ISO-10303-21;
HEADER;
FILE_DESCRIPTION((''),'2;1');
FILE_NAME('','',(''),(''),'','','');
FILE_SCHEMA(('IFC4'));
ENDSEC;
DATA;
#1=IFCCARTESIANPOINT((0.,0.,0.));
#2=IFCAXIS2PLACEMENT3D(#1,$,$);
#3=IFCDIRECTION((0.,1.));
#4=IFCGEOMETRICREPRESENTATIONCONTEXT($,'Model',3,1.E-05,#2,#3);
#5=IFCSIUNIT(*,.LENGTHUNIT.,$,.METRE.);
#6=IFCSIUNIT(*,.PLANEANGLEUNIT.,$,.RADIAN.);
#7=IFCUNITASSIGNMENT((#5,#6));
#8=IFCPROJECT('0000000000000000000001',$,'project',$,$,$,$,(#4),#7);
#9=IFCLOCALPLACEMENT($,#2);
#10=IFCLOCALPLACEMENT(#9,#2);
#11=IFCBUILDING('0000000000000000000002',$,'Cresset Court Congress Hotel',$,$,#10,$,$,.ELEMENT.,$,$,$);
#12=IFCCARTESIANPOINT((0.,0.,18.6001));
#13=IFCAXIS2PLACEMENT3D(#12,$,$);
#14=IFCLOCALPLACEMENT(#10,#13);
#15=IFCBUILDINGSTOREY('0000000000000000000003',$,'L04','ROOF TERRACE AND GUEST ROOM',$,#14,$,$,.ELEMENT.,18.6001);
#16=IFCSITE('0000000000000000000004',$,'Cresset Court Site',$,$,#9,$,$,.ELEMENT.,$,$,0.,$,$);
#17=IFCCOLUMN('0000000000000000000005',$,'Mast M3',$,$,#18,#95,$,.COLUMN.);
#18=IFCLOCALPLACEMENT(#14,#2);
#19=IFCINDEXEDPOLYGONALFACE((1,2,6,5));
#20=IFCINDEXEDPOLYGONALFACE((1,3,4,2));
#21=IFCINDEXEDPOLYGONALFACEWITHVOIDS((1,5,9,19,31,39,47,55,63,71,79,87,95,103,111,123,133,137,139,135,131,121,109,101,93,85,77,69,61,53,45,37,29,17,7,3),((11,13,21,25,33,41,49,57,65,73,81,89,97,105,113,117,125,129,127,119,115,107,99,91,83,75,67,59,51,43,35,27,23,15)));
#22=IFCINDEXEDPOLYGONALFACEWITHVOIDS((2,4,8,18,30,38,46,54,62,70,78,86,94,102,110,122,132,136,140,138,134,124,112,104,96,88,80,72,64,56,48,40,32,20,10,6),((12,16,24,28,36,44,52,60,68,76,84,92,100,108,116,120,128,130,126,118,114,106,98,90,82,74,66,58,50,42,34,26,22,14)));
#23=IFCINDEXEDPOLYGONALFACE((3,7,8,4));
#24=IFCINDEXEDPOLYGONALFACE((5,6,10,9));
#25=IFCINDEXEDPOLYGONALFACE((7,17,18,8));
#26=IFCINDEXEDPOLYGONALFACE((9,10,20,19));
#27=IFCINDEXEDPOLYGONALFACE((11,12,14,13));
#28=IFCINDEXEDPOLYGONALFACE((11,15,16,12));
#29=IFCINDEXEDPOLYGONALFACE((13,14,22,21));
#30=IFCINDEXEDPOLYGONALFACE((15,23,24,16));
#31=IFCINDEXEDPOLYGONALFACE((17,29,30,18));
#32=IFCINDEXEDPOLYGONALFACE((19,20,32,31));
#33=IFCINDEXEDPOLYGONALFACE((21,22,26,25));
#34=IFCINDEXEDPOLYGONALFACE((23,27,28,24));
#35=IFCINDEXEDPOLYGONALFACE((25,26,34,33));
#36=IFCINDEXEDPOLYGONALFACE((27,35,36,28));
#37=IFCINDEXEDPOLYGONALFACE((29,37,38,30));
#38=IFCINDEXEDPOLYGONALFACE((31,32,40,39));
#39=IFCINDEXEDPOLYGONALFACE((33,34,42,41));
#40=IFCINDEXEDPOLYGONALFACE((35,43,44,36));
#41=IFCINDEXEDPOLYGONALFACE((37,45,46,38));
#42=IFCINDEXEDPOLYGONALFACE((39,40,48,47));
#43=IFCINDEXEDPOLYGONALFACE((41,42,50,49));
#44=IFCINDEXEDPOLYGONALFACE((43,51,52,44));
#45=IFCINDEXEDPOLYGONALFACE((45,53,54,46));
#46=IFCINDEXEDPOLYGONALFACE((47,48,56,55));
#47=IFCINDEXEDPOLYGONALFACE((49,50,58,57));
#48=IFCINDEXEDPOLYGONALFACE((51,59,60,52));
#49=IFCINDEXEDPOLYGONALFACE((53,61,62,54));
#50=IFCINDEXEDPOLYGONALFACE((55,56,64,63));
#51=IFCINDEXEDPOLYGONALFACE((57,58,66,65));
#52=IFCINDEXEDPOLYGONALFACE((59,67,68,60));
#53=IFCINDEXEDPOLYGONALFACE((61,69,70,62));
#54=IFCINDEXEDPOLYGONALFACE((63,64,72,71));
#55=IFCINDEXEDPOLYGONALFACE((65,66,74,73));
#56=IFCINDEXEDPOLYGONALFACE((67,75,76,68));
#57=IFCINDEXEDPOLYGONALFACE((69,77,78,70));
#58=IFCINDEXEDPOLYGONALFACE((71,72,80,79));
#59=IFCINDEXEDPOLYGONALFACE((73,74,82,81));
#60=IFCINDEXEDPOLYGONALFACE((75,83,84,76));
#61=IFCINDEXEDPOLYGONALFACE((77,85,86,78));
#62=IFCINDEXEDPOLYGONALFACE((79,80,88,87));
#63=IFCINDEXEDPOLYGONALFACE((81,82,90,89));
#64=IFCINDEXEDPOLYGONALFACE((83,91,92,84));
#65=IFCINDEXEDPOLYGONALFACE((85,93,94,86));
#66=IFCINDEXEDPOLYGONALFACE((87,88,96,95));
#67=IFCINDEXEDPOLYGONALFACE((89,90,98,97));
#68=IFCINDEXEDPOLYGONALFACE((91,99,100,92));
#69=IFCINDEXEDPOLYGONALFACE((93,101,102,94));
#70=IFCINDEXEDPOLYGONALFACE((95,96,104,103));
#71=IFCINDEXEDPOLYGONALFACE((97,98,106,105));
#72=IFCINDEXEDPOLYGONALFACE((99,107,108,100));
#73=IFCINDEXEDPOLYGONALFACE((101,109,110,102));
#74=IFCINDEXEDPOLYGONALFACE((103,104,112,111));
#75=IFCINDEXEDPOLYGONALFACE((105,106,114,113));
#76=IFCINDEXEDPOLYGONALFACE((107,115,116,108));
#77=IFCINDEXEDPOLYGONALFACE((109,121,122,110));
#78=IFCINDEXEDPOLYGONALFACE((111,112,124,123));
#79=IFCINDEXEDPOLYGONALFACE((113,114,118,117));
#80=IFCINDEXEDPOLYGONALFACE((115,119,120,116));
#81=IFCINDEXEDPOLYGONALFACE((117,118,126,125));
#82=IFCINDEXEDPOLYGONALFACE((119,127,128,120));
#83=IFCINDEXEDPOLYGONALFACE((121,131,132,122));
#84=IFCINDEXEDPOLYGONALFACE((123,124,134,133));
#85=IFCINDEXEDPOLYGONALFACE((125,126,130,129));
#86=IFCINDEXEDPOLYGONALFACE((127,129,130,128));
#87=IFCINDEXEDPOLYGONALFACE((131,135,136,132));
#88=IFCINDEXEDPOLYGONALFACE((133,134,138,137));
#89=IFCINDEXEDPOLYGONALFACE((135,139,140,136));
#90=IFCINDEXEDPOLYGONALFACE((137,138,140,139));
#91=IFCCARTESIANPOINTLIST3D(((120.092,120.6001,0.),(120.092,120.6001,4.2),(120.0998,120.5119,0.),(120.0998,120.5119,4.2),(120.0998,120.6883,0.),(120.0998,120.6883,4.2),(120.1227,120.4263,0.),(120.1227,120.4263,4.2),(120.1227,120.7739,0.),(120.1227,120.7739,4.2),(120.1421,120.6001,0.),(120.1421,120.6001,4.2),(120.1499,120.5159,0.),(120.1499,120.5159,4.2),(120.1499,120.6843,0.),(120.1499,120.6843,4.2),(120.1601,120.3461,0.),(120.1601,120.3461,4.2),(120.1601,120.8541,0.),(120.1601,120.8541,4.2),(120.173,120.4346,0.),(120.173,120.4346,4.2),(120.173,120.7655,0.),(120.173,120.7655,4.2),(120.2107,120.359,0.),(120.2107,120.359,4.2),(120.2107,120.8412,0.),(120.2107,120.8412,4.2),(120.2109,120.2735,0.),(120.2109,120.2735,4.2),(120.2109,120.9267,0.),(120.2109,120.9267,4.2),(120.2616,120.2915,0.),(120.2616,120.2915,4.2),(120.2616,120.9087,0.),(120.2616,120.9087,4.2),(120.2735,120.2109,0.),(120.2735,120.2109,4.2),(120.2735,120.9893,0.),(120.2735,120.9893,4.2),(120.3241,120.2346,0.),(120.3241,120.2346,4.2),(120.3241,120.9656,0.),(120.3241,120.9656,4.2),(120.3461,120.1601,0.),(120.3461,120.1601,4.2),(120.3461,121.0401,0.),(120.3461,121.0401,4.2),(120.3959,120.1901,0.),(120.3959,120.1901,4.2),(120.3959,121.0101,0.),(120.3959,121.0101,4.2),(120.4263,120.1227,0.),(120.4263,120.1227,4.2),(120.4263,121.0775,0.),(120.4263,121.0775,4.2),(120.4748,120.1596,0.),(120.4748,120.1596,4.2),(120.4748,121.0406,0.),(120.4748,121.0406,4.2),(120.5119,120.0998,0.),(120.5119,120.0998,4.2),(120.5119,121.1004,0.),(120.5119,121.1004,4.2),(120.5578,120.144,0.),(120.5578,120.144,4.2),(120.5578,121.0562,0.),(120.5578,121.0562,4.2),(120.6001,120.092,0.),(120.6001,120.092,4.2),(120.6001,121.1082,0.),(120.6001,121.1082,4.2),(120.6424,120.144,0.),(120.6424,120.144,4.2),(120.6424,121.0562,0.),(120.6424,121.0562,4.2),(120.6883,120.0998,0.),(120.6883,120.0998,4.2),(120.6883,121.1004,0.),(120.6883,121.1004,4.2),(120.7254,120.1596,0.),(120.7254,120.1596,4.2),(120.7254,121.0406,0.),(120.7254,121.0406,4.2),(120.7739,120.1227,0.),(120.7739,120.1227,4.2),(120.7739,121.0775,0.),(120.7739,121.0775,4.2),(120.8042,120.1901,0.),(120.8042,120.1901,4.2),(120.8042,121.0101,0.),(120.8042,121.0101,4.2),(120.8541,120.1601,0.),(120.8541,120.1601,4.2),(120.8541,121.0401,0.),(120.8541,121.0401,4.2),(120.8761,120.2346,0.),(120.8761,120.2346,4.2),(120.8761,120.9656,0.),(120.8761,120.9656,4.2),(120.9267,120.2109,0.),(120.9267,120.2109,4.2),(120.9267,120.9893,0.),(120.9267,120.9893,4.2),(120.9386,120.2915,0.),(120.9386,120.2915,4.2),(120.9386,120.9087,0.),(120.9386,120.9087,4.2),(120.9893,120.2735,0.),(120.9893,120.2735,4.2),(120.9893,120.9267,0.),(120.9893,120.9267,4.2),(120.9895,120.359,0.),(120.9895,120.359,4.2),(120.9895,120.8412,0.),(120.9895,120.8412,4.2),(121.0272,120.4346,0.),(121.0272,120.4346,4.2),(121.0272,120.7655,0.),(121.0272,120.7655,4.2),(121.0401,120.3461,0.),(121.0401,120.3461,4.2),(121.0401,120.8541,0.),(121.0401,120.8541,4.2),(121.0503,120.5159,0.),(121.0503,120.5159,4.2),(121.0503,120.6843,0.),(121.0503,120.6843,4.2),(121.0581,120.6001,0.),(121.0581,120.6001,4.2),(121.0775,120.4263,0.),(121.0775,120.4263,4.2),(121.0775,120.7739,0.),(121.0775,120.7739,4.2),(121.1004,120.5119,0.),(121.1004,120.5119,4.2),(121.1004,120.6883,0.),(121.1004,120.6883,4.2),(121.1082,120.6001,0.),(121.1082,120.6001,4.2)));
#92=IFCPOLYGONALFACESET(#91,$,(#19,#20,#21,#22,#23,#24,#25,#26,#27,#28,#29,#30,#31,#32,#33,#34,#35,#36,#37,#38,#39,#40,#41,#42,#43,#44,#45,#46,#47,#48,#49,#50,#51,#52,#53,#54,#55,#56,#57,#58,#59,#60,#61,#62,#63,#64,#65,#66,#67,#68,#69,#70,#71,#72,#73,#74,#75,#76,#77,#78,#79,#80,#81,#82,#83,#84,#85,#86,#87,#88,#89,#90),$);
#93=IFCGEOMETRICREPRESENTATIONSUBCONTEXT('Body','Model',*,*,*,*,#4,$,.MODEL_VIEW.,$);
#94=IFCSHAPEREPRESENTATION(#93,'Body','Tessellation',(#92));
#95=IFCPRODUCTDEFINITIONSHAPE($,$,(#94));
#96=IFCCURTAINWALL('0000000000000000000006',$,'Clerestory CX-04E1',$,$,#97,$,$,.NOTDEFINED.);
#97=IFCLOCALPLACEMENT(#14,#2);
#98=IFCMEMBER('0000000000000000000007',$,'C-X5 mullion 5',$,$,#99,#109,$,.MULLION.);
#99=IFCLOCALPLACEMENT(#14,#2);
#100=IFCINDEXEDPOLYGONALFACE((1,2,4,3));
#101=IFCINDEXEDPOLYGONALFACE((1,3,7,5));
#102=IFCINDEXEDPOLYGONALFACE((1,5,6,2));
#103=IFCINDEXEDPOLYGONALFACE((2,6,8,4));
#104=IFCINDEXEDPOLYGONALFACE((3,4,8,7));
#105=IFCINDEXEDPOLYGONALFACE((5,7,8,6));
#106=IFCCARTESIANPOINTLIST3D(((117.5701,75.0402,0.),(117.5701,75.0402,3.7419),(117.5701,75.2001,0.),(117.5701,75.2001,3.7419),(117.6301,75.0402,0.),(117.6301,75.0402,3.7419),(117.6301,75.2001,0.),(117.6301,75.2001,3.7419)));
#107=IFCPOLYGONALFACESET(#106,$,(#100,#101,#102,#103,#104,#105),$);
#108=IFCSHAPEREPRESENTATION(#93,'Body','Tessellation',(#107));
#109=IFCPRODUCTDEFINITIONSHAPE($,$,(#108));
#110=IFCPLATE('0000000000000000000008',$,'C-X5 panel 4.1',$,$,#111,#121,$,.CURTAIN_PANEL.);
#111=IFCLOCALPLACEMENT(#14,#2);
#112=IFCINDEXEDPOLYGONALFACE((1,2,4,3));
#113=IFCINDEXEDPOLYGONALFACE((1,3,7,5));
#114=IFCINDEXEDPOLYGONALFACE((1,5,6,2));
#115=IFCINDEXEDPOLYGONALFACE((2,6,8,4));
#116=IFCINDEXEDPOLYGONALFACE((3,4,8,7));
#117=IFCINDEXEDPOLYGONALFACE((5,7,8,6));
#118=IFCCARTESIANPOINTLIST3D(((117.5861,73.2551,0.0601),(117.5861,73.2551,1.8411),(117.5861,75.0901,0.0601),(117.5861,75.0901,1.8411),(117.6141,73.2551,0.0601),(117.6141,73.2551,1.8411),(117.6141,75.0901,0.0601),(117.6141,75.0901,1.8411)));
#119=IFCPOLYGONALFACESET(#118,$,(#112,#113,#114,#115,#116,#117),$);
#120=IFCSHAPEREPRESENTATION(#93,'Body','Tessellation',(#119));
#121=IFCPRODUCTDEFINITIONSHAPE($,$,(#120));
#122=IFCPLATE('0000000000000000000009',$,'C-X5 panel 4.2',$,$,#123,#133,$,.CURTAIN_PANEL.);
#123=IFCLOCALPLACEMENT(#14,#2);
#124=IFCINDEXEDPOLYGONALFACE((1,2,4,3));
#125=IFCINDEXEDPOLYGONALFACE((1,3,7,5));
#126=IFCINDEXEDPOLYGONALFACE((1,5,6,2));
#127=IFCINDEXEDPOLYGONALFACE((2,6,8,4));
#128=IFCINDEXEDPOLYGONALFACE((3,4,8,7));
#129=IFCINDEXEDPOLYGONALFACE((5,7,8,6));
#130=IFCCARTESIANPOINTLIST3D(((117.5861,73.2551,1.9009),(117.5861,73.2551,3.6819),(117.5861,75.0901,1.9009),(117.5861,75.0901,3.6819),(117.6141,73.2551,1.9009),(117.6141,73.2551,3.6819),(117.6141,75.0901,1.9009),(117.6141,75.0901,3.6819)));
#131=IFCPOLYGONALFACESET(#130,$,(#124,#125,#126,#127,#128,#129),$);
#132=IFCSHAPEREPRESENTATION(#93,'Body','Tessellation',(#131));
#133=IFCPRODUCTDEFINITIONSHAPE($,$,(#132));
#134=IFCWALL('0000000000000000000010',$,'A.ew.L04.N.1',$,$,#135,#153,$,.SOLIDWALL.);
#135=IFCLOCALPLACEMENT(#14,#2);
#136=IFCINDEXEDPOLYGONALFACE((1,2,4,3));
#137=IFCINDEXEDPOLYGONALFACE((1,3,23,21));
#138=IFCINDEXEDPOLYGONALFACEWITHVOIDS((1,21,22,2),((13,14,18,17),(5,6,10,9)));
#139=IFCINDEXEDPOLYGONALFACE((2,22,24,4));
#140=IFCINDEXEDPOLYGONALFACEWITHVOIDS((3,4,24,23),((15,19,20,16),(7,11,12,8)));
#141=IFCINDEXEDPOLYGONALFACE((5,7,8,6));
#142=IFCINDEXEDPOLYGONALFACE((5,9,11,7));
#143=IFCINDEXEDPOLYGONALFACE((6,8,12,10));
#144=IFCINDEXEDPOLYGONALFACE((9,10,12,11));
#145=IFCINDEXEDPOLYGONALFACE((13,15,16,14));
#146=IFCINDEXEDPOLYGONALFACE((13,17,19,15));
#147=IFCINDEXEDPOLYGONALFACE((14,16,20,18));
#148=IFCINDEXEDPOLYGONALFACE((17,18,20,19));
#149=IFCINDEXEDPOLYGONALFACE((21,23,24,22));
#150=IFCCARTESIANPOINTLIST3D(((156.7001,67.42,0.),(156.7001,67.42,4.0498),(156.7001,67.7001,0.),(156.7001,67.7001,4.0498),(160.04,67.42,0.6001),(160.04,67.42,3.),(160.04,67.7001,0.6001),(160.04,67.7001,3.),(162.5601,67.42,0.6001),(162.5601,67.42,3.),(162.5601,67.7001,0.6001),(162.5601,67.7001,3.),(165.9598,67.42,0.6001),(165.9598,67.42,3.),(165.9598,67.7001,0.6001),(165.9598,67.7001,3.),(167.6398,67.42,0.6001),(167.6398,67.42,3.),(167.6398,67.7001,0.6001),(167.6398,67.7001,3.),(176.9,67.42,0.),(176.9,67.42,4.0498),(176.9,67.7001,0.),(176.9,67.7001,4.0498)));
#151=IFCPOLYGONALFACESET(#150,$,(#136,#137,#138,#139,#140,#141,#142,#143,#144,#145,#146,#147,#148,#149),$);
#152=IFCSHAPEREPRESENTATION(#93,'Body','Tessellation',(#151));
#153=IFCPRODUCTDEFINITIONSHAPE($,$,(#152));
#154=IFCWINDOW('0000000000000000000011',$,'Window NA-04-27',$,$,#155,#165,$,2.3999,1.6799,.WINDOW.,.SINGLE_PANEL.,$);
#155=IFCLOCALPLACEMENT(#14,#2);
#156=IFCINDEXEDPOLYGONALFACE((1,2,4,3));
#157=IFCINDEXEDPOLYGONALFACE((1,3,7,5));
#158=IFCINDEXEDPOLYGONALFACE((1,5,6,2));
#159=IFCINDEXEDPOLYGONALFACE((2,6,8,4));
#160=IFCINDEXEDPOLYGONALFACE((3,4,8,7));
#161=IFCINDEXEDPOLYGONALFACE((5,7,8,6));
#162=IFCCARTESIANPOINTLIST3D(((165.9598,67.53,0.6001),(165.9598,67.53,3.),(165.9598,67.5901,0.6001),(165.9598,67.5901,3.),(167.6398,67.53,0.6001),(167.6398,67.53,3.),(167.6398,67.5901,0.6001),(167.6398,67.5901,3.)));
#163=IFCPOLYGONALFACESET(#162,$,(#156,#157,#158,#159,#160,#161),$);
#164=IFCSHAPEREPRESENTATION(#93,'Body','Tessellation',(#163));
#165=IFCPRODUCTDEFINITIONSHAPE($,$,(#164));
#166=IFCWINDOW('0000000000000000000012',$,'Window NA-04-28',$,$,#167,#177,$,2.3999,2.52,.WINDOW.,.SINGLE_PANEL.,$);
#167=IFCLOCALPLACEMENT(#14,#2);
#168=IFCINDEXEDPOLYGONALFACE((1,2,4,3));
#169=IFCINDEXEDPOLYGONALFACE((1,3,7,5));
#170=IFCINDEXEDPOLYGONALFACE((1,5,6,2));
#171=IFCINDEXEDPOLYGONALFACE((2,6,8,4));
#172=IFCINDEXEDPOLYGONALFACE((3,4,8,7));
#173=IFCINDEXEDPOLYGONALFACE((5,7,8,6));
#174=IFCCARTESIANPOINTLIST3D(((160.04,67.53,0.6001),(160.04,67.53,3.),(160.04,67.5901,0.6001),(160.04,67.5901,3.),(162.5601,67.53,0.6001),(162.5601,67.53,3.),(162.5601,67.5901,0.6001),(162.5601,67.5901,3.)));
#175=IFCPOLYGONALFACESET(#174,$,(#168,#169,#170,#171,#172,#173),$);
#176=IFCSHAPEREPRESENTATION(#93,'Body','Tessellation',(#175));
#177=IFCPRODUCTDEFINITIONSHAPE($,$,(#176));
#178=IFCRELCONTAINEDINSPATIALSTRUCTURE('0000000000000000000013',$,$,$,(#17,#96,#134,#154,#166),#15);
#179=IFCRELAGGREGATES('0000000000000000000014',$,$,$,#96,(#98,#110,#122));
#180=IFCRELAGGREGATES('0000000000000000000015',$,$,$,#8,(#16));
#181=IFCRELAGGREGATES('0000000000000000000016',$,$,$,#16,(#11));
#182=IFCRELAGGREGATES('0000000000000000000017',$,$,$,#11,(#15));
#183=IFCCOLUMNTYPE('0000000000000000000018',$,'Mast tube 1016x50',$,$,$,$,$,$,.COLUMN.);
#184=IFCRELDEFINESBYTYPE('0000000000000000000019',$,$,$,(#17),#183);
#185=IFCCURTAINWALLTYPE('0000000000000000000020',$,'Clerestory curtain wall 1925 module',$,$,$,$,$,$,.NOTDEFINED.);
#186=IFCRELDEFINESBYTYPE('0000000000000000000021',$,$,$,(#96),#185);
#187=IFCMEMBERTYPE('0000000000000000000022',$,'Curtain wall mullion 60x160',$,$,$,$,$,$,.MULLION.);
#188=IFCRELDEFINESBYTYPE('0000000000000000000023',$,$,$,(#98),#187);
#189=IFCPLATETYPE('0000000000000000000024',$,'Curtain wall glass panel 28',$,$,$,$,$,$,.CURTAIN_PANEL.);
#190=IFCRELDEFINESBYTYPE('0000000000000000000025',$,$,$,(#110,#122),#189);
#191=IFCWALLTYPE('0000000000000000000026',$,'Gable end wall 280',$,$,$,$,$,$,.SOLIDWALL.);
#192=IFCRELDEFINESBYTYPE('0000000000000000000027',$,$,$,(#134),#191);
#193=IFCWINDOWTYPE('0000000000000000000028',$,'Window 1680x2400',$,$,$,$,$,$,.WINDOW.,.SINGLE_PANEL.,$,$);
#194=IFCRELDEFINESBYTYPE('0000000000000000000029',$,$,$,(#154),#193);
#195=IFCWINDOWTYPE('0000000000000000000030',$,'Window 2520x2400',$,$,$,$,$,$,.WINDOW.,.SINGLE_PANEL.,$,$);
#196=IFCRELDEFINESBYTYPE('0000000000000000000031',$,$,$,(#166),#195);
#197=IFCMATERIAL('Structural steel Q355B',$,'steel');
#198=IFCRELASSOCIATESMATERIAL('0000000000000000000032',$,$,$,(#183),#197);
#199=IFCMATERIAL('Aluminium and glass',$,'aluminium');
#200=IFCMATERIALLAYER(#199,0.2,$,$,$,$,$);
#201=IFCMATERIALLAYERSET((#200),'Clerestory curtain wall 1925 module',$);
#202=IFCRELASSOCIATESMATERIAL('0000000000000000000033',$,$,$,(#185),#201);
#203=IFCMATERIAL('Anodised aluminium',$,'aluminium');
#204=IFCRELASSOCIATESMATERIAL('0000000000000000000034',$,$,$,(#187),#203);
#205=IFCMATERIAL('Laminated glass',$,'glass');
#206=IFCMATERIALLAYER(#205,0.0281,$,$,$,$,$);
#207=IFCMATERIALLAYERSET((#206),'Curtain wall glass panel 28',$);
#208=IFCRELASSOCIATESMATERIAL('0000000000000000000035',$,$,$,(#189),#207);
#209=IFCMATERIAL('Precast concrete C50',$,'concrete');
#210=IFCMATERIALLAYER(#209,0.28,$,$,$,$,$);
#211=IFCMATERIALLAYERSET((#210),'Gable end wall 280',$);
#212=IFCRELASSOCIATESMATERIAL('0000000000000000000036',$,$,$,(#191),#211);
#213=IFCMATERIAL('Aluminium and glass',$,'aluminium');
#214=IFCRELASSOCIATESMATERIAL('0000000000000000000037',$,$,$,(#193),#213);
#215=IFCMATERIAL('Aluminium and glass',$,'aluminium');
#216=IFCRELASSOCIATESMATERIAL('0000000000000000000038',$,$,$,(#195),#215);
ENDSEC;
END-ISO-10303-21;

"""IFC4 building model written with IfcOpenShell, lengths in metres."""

from ifc_helpers import new_model, si_unit, direction, frame, frame_2d, origin, origin_2d, place, context, subcontext, project, spatial, rectangle, hollow_circle, extrude, material, layer, layer_set, material_profile, profile_set, type_object, element, fill, aggregate, save


model = new_model("IFC4")

# Units and contexts
model_context = context("Model", 3, precision=1e-05, world=origin(), true_north=direction((0.0, 1.0)))
body_context = subcontext(model_context, "Body", "Model", "MODEL_VIEW")
ifc_project = project(units=[si_unit("LENGTHUNIT", "METRE"), si_unit("PLANEANGLEUNIT", "RADIAN")], contexts=[model_context])

# Site, building, storey
site_placement = place(None, origin())
site = spatial("IfcSite", under=ifc_project, at=site_placement, Name="Cresset Court Site", CompositionType="ELEMENT", RefElevation=0.0)
building_placement = place(site_placement, origin())
building = spatial("IfcBuilding", under=site, at=building_placement, Name="Cresset Court Congress Hotel", CompositionType="ELEMENT")
storey_placement = place(building_placement, frame((0.0, 0.0, 18.6001)))
storey = spatial("IfcBuildingStorey", under=building, at=storey_placement, Name="L04", Description="ROOF TERRACE AND GUEST ROOM", CompositionType="ELEMENT", Elevation=18.6001)

# Column
ifc_material_1 = material(Name="Structural steel Q355B", Category="steel")
ifc_material_profile_1 = material_profile(ifc_material_1, hollow_circle(Radius=0.5081, WallThickness=0.05, at=origin_2d()), Name="CHS1016x50")
ifc_profile_set_1 = profile_set([ifc_material_profile_1], Name="Structural steel Q355B")
column_type = type_object("IfcColumnType", Name="Mast tube 1016x50", PredefinedType="COLUMN", material=ifc_profile_set_1)
column_placement = place(storey_placement, frame((120.6001, 120.6001, 0.0), z_axis=(0.0, 0.0, 1.0), x_axis=(1.0, 0.0, 0.0)))
element("IfcColumn", 1, at=column_placement, inside=storey, type_object=column_type, Name="Mast M3", PredefinedType="COLUMN", context=body_context, shape_type="SweptSolid", body=[
    extrude(hollow_circle(Radius=0.5081, WallThickness=0.05, at=origin_2d()), origin(), (0.0, 0.0, 1.0), 4.2),
])

# Curtain wall, member, plates
ifc_material_2 = material(Name="Aluminium and glass", Category="aluminium")
ifc_layer_1 = layer(ifc_material_2, 0.2)
ifc_layer_set_1 = layer_set([ifc_layer_1], Name="Clerestory curtain wall 1925 module")
curtain_wall_type = type_object("IfcCurtainWallType", Name="Clerestory curtain wall 1925 module", PredefinedType="NOTDEFINED", material=ifc_layer_set_1)
curtain_wall_placement = place(storey_placement, origin())
curtain_wall = element("IfcCurtainWall", 2, at=curtain_wall_placement, inside=storey, type_object=curtain_wall_type, Name="Clerestory CX-04E1", PredefinedType="NOTDEFINED")
ifc_material_3 = material(Name="Anodised aluminium", Category="aluminium")
ifc_material_profile_2 = material_profile(ifc_material_3, rectangle(XDim=0.0601, YDim=0.1599, at=origin_2d()), Name="AL60x160")
ifc_profile_set_2 = profile_set([ifc_material_profile_2], Name="Anodised aluminium")
member_type = type_object("IfcMemberType", Name="Curtain wall mullion 60x160", PredefinedType="MULLION", material=ifc_profile_set_2)
member_placement = place(storey_placement, frame((117.6001, 75.1201, 0.0), z_axis=(0.0, 0.0, 1.0), x_axis=(-1.0, 0.0, 0.0)))
member = element("IfcMember", 3, at=member_placement, type_object=member_type, Name="C-X5 mullion 5", PredefinedType="MULLION", context=body_context, shape_type="SweptSolid", body=[
    extrude(rectangle(XDim=0.0601, YDim=0.1599, at=origin_2d()), origin(), (0.0, 0.0, 1.0), 3.7419),
])
ifc_material_4 = material(Name="Laminated glass", Category="glass")
ifc_layer_2 = layer(ifc_material_4, 0.0281)
ifc_layer_set_2 = layer_set([ifc_layer_2], Name="Curtain wall glass panel 28")
plate_type = type_object("IfcPlateType", Name="Curtain wall glass panel 28", PredefinedType="CURTAIN_PANEL", material=ifc_layer_set_2)
plate_1_placement = place(storey_placement, frame((117.6001, 74.1726, 0.0601), z_axis=(0.0, 0.0, 1.0), x_axis=(0.0, 1.0, 0.0)))
plate_1 = element("IfcPlate", 4, at=plate_1_placement, type_object=plate_type, Name="C-X5 panel 4.1", PredefinedType="CURTAIN_PANEL", context=body_context, shape_type="SweptSolid", body=[
    extrude(rectangle(XDim=1.835, YDim=0.0281, at=origin_2d()), origin(), (0.0, 0.0, 1.0), 1.781),
])
plate_2_placement = place(storey_placement, frame((117.6001, 74.1726, 1.9009), z_axis=(0.0, 0.0, 1.0), x_axis=(0.0, 1.0, 0.0)))
plate_2 = element("IfcPlate", 5, at=plate_2_placement, type_object=plate_type, Name="C-X5 panel 4.2", PredefinedType="CURTAIN_PANEL", context=body_context, shape_type="SweptSolid", body=[
    extrude(rectangle(XDim=1.835, YDim=0.0281, at=origin_2d()), origin(), (0.0, 0.0, 1.0), 1.781),
])
aggregate(curtain_wall, [member, plate_1, plate_2])

# Wall, openings, windows
ifc_material_5 = material(Name="Precast concrete C50", Category="concrete")
ifc_layer_3 = layer(ifc_material_5, 0.28)
ifc_layer_set_3 = layer_set([ifc_layer_3], Name="Gable end wall 280")
wall_type_1 = type_object("IfcWallType", Name="Gable end wall 280", PredefinedType="SOLIDWALL", material=ifc_layer_set_3)
wall_1_placement = place(storey_placement, frame((156.7, 67.5601, 0.0), z_axis=(0.0, 0.0, 1.0), x_axis=(1.0, 0.0, 0.0)))
wall_1 = element("IfcWall", 6, at=wall_1_placement, inside=storey, type_object=wall_type_1, Name="A.ew.L04.N.1", PredefinedType="SOLIDWALL", context=body_context, shape_type="SweptSolid", body=[
    extrude(rectangle(XDim=20.2, YDim=0.28, at=frame_2d((10.1001, 0.0))), origin(), (0.0, 0.0, 1.0), 4.0498),
])
opening_1_placement = place(wall_1_placement, frame((9.26, 0.0, 0.6001)))
opening_1 = element("IfcOpeningElement", 7, at=opening_1_placement, cuts=wall_1, PredefinedType="OPENING", context=body_context, shape_type="SweptSolid", body=[
    extrude(rectangle(XDim=1.6799, YDim=2.3999, at=frame_2d((0.8398, 1.2))), frame((0.0, 0.1499, 0.0), z_axis=(0.0, -1.0, 0.0), x_axis=(1.0, 0.0, 0.0)), (0.0, 0.0, 1.0), 0.3),
])
opening_2_placement = place(wall_1_placement, frame((3.3401, 0.0, 0.6001)))
opening_2 = element("IfcOpeningElement", 8, at=opening_2_placement, cuts=wall_1, PredefinedType="OPENING", context=body_context, shape_type="SweptSolid", body=[
    extrude(rectangle(XDim=2.52, YDim=2.3999, at=frame_2d((1.26, 1.2))), frame((0.0, 0.1499, 0.0), z_axis=(0.0, -1.0, 0.0), x_axis=(1.0, 0.0, 0.0)), (0.0, 0.0, 1.0), 0.3),
])
ifc_material_6 = material(Name="Aluminium and glass", Category="aluminium")
window_type_1 = type_object("IfcWindowType", Name="Window 1680x2400", PartitioningType="SINGLE_PANEL", PredefinedType="WINDOW", material=ifc_material_6)
window_1_placement = place(opening_1_placement, origin())
window_1 = element("IfcWindow", 9, at=window_1_placement, inside=storey, type_object=window_type_1, Name="Window NA-04-27", OverallHeight=2.3999, OverallWidth=1.6799, PartitioningType="SINGLE_PANEL", PredefinedType="WINDOW", context=body_context, shape_type="SweptSolid", body=[
    extrude(rectangle(XDim=1.6799, YDim=2.3999, at=frame_2d((0.8398, 1.2))), frame((0.0, 0.03, 0.0), z_axis=(0.0, -1.0, 0.0), x_axis=(1.0, 0.0, 0.0)), (0.0, 0.0, 1.0), 0.0601),
])
fill(opening_1, window_1)
ifc_material_7 = material(Name="Aluminium and glass", Category="aluminium")
window_type_2 = type_object("IfcWindowType", Name="Window 2520x2400", PartitioningType="SINGLE_PANEL", PredefinedType="WINDOW", material=ifc_material_7)
window_2_placement = place(opening_2_placement, origin())
window_2 = element("IfcWindow", 10, at=window_2_placement, inside=storey, type_object=window_type_2, Name="Window NA-04-28", OverallHeight=2.3999, OverallWidth=2.52, PartitioningType="SINGLE_PANEL", PredefinedType="WINDOW", context=body_context, shape_type="SweptSolid", body=[
    extrude(rectangle(XDim=2.52, YDim=2.3999, at=frame_2d((1.26, 1.2))), frame((0.0, 0.03, 0.0), z_axis=(0.0, -1.0, 0.0), x_axis=(1.0, 0.0, 0.0)), (0.0, 0.0, 1.0), 0.0601),
])
fill(opening_2, window_2)

save(model, "model.ifc")
